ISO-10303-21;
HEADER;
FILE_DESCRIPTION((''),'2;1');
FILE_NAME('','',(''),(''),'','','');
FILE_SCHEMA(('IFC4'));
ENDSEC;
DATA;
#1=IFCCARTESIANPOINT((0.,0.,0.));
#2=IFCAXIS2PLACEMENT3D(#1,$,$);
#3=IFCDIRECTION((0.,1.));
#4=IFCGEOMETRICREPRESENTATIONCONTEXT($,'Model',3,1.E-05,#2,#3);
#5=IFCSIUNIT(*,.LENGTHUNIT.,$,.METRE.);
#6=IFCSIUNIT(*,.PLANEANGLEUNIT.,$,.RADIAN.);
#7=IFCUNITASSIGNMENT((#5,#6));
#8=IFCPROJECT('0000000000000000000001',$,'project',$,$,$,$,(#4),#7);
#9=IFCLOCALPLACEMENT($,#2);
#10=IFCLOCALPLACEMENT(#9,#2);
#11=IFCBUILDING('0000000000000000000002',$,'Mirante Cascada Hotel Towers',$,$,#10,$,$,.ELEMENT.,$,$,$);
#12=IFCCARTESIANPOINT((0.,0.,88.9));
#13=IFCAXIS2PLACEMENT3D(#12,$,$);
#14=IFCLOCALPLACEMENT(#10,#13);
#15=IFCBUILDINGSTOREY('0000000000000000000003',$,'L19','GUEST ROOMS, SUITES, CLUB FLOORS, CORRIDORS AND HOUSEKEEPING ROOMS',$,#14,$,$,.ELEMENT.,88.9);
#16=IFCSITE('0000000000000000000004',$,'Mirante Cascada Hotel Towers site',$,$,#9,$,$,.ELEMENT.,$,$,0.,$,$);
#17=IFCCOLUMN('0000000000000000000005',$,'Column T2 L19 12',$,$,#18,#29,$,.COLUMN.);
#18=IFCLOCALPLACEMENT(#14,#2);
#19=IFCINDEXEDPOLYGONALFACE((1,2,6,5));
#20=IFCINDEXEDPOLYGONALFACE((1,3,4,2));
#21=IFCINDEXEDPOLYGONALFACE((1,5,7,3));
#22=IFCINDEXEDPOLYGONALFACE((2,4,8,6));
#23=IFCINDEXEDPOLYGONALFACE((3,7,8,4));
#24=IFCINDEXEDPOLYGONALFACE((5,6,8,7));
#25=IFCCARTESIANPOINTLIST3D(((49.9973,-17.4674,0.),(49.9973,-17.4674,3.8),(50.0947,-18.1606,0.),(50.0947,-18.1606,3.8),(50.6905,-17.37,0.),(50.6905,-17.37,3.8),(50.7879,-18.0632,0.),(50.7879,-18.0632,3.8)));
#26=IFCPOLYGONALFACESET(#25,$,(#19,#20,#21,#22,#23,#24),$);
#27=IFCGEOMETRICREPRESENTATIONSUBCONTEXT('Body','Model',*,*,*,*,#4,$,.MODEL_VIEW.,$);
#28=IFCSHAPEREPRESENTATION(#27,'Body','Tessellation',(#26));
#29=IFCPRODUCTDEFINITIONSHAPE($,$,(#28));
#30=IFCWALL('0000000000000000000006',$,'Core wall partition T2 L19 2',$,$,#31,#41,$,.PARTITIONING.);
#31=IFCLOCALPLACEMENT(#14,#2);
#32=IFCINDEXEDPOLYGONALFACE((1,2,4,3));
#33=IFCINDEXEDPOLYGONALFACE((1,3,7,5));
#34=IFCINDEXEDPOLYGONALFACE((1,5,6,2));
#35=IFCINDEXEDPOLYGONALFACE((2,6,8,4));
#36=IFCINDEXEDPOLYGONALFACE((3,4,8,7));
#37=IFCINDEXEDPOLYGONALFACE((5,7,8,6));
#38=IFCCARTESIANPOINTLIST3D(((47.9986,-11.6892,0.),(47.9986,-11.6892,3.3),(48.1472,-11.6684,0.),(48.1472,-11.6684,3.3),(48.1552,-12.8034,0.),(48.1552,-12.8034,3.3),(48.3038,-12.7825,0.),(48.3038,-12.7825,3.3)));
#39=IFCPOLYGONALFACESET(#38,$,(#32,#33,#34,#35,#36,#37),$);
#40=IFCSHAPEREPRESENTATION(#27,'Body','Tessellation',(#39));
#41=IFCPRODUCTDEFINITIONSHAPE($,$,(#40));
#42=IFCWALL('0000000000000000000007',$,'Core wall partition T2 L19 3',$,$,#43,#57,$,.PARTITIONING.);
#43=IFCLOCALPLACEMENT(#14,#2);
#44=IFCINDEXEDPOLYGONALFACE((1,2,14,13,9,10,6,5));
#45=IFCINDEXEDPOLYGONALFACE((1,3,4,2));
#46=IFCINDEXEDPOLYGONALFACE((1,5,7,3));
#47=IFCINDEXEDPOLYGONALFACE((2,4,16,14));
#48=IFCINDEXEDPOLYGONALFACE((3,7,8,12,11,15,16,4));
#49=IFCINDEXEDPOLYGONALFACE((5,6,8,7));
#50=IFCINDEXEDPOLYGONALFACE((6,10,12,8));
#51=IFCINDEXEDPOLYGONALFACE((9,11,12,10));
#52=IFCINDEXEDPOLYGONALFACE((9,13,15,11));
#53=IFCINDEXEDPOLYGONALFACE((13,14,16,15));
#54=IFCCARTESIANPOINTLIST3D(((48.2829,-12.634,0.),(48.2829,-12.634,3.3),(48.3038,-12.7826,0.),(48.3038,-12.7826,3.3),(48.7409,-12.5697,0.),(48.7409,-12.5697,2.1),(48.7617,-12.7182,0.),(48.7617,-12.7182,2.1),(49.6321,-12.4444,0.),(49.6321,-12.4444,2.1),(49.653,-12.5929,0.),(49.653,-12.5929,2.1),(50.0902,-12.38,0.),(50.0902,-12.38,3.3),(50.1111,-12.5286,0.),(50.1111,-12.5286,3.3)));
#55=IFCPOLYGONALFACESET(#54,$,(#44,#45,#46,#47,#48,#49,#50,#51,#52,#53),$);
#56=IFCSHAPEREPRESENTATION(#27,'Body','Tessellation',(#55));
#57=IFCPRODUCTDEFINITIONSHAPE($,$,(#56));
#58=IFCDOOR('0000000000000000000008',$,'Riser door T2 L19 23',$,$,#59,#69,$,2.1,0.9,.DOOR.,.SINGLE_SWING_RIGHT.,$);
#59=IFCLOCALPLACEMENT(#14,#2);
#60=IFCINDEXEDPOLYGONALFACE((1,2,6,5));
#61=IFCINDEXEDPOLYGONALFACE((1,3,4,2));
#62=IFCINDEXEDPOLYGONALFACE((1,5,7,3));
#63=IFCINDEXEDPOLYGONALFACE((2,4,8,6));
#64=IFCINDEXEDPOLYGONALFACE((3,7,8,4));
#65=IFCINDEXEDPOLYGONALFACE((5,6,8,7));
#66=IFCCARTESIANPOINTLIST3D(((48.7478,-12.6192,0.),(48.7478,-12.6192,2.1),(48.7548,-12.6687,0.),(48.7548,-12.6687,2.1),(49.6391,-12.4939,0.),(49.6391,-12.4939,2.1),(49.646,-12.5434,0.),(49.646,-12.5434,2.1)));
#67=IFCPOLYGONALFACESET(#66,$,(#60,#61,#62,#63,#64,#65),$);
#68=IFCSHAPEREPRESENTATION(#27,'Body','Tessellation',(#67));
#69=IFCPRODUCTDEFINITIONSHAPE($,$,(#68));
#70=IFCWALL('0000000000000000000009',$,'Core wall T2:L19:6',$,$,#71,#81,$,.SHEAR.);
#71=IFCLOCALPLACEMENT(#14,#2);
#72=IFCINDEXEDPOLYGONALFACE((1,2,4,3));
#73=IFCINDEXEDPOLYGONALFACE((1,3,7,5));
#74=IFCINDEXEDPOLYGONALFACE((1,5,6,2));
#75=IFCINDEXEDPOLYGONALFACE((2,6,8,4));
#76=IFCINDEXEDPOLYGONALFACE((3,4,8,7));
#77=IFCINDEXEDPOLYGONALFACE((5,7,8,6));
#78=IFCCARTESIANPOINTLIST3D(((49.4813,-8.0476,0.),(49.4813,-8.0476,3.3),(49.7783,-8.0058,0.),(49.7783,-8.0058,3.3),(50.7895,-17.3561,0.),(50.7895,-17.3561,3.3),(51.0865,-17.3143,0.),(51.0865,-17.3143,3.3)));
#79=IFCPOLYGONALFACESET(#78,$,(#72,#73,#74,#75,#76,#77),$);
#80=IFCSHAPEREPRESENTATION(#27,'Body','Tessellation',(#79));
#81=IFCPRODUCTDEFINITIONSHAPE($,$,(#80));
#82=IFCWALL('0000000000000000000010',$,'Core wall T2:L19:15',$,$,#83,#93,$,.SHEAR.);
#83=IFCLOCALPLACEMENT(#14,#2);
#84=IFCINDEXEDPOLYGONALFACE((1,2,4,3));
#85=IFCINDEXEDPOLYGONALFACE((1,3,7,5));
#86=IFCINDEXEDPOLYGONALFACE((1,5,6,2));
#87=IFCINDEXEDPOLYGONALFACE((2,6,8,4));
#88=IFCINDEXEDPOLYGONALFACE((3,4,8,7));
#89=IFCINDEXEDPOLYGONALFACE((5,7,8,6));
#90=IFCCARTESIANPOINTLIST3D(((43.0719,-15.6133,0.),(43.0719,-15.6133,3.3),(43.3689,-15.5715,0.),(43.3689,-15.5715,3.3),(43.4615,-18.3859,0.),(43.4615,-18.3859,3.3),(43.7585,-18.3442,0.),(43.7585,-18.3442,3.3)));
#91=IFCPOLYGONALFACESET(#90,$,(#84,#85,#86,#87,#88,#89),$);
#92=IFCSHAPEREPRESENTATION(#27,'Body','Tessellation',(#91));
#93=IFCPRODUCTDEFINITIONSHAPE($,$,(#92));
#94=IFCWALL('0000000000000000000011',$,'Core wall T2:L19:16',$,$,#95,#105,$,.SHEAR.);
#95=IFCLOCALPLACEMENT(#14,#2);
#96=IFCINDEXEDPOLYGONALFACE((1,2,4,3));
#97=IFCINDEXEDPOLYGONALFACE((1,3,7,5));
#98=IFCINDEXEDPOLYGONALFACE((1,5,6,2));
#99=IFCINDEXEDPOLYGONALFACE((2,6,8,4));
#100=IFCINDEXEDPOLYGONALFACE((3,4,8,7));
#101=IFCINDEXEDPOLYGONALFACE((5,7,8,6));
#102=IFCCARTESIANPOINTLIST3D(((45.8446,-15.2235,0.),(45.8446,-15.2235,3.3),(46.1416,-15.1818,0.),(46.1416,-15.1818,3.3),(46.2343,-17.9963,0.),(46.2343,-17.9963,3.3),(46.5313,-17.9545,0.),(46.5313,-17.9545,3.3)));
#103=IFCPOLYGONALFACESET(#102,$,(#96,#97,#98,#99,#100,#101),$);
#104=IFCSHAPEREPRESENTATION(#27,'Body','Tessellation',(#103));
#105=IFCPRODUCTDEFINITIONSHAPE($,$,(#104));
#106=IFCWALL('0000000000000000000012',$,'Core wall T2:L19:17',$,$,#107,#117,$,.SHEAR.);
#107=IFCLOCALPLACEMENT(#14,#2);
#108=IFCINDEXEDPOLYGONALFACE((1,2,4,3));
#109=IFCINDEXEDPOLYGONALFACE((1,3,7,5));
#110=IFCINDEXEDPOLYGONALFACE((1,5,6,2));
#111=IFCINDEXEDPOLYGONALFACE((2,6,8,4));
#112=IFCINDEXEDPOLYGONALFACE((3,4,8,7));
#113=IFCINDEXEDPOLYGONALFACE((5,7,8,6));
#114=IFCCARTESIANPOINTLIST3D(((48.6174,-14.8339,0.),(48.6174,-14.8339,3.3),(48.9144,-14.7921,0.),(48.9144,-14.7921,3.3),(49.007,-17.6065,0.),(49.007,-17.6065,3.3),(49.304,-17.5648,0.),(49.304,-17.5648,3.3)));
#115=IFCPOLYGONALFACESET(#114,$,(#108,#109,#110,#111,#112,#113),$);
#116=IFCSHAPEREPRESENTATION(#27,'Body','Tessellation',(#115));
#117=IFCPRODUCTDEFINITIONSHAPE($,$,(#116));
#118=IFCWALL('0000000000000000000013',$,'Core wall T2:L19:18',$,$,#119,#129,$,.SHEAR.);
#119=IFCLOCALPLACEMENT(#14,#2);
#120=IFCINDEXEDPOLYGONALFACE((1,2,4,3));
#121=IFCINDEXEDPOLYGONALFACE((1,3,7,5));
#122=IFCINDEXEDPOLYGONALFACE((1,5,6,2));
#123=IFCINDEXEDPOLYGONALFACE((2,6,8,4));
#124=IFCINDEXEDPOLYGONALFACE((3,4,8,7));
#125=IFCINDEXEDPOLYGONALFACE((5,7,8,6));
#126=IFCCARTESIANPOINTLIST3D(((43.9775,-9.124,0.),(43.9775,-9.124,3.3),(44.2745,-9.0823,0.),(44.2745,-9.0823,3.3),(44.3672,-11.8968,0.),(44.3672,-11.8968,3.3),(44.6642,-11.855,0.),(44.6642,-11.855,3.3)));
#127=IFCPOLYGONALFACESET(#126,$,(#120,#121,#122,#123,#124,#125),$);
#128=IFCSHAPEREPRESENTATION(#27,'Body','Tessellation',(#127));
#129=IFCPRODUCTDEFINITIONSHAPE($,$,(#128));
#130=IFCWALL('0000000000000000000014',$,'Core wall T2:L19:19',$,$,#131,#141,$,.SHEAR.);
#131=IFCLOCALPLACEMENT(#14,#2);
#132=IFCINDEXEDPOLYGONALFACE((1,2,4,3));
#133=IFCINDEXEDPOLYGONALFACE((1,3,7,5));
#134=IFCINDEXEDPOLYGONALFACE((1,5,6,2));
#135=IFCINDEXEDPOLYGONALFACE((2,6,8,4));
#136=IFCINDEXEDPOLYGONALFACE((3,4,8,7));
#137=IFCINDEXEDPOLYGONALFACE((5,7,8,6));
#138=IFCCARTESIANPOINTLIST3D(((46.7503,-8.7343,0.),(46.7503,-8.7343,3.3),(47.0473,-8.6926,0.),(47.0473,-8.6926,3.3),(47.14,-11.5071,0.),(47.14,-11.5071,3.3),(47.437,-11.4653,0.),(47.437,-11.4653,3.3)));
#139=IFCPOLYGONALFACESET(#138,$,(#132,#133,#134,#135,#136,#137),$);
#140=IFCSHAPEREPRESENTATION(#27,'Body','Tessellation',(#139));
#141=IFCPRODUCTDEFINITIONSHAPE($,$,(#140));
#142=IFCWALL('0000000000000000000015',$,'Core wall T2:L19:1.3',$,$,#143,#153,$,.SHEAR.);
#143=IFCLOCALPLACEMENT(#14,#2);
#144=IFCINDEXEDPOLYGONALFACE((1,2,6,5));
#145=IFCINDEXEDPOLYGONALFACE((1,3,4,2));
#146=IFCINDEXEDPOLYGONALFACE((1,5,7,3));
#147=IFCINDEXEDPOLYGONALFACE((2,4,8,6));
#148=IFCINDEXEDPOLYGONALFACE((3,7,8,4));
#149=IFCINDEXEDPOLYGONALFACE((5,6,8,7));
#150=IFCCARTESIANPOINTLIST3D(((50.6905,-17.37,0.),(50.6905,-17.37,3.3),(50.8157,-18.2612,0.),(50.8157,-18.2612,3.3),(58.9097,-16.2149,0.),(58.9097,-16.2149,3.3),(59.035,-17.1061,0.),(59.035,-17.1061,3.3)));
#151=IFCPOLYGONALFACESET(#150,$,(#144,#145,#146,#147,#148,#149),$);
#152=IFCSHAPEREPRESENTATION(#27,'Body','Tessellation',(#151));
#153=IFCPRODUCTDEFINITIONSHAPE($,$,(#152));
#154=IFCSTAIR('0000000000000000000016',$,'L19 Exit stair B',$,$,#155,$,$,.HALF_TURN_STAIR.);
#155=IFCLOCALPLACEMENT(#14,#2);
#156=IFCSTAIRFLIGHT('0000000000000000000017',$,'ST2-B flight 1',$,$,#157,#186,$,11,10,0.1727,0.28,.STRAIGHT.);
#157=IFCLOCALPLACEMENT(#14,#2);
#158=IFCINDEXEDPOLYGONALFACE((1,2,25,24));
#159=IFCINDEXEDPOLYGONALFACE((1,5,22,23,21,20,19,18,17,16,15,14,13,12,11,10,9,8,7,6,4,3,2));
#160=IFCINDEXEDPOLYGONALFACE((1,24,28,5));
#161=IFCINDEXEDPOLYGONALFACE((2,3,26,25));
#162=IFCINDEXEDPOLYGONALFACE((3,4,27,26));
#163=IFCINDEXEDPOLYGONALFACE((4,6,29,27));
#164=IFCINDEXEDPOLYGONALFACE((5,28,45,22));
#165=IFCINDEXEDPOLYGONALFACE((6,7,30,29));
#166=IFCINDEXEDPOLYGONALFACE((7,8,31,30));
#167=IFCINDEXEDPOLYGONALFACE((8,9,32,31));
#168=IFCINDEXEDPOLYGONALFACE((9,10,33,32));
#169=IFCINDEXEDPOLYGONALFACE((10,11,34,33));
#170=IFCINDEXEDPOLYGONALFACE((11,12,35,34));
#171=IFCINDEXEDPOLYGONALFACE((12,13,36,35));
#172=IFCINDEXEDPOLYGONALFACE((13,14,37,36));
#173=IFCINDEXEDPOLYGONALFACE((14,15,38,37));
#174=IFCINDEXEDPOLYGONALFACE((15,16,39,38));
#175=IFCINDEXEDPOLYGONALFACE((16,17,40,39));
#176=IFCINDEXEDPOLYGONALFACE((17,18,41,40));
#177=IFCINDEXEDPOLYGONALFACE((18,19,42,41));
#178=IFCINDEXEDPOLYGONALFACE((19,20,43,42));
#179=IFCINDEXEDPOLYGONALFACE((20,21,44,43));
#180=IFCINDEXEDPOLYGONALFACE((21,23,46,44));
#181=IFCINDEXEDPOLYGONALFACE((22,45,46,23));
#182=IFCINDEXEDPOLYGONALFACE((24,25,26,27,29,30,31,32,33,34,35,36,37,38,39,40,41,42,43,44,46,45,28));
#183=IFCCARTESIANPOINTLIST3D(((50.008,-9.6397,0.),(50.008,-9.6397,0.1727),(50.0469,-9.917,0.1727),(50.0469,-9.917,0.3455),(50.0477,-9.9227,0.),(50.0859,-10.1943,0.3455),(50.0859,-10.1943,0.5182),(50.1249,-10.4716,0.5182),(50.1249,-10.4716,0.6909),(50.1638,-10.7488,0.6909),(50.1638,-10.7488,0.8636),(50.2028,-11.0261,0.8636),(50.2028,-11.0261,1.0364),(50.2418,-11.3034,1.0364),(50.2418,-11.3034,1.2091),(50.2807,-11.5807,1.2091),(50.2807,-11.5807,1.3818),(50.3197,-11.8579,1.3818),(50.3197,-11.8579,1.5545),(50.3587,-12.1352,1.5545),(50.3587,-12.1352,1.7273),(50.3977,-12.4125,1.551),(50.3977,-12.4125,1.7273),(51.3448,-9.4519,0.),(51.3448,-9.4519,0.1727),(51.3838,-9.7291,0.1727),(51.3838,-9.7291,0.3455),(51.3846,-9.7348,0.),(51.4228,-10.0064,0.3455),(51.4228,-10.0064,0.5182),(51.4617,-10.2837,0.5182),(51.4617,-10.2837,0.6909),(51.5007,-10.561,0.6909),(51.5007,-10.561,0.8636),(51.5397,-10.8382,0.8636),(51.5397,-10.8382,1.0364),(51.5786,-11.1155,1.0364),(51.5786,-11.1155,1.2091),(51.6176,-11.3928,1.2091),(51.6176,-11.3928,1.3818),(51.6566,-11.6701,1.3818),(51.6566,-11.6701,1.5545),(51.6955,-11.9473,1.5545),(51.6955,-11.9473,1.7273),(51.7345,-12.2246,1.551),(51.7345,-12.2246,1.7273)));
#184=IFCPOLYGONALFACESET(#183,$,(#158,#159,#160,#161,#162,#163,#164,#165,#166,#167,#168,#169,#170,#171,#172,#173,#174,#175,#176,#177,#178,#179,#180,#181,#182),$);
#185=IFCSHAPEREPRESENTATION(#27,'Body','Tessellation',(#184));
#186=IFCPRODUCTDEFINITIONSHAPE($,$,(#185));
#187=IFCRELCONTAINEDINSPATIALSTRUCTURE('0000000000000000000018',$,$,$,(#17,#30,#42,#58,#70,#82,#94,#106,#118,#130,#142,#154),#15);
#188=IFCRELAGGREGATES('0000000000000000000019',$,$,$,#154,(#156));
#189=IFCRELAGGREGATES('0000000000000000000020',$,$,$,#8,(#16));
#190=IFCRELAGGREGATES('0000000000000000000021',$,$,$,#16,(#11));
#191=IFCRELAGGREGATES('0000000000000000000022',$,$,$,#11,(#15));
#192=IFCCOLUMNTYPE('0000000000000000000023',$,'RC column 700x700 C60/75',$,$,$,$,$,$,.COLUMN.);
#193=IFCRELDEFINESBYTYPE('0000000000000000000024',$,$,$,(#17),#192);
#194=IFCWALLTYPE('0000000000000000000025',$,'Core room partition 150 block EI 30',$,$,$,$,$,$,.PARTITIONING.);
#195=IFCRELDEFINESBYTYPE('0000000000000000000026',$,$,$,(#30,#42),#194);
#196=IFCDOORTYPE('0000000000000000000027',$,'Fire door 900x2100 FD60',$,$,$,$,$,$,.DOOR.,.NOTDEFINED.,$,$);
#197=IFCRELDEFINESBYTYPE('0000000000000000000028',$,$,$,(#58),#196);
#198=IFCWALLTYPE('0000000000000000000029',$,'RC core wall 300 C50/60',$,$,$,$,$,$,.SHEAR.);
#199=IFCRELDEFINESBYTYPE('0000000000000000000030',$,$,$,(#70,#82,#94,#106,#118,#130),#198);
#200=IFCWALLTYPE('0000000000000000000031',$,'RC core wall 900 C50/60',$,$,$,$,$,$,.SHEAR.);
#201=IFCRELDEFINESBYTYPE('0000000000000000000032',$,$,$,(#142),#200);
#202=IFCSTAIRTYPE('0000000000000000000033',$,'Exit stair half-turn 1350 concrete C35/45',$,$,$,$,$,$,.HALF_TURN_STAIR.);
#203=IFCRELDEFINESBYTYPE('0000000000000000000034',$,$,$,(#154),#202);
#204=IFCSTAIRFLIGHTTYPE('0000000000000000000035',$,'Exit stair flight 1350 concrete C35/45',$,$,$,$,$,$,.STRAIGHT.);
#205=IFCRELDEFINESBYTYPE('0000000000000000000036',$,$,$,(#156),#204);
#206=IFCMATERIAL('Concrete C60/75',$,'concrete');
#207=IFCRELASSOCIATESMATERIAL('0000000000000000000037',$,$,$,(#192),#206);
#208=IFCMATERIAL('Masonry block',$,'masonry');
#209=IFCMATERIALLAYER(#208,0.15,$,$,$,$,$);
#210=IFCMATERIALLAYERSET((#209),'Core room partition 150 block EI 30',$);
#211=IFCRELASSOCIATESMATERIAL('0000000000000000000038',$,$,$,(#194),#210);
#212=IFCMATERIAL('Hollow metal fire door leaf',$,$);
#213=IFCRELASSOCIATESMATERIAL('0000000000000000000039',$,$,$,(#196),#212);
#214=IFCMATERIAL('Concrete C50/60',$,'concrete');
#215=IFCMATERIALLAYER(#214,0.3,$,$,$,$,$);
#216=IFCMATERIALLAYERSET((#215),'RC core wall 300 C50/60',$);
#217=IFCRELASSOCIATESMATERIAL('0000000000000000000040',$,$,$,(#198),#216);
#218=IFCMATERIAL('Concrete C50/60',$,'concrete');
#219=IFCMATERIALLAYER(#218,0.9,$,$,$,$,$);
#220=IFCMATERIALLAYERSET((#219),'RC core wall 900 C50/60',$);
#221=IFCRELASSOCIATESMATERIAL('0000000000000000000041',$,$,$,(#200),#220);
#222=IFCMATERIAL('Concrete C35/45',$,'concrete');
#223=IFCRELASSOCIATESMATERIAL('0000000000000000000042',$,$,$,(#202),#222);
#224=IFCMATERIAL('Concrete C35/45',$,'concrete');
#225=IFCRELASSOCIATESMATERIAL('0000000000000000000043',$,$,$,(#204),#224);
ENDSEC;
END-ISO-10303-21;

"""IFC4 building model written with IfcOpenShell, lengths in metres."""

from ifc_helpers import new_model, si_unit, direction, frame, frame_2d, origin, origin_2d, place, context, subcontext, project, spatial, polyline, rectangle, outline, extrude, material, layer, layer_set, material_profile, profile_set, type_object, element, fill, aggregate, save


model = new_model("IFC4")

# Units and contexts
model_context = context("Model", 3, precision=1e-05, world=origin(), true_north=direction((0.0, 1.0)))
body_context = subcontext(model_context, "Body", "Model", "MODEL_VIEW")
ifc_project = project(units=[si_unit("LENGTHUNIT", "METRE"), si_unit("PLANEANGLEUNIT", "RADIAN")], contexts=[model_context])

# Site, building, storey
site_placement = place(None, origin())
site = spatial("IfcSite", under=ifc_project, at=site_placement, Name="Mirante Cascada Hotel Towers site", CompositionType="ELEMENT", RefElevation=0.0)
building_placement = place(site_placement, origin())
building = spatial("IfcBuilding", under=site, at=building_placement, Name="Mirante Cascada Hotel Towers", CompositionType="ELEMENT")
storey_placement = place(building_placement, frame((0.0, 0.0, 88.9)))
storey = spatial("IfcBuildingStorey", under=building, at=storey_placement, Name="L19", Description="GUEST ROOMS, SUITES, CLUB FLOORS, CORRIDORS AND HOUSEKEEPING ROOMS", CompositionType="ELEMENT", Elevation=88.9)

# Column
ifc_material_1 = material(Name="Concrete C60/75", Category="concrete")
ifc_material_profile = material_profile(ifc_material_1, rectangle(XDim=0.7, YDim=0.7, at=origin_2d()), Name="RC column 700x700 C60/75")
ifc_profile_set = profile_set([ifc_material_profile], Name="Concrete C60/75")
column_type = type_object("IfcColumnType", Name="RC column 700x700 C60/75", PredefinedType="COLUMN", material=ifc_profile_set)
column_placement = place(storey_placement, frame((50.3926, -17.7653, 0.0), z_axis=(0.0, 0.0, 1.0), x_axis=(0.990268, 0.139173, 0.0)))
element("IfcColumn", 1, at=column_placement, inside=storey, type_object=column_type, Name="Column T2 L19 12", PredefinedType="COLUMN", context=body_context, shape_type="SweptSolid", body=[
    extrude(rectangle(XDim=0.7, YDim=0.7, at=origin_2d()), origin(), (0.0, 0.0, 1.0), 3.8),
])

# Wall
ifc_material_2 = material(Name="Masonry block", Category="masonry")
ifc_layer_1 = layer(ifc_material_2, 0.15)
ifc_layer_set_1 = layer_set([ifc_layer_1], Name="Core room partition 150 block EI 30")
wall_type_1 = type_object("IfcWallType", Name="Core room partition 150 block EI 30", PredefinedType="PARTITIONING", material=ifc_layer_set_1)
wall_1_placement = place(storey_placement, frame((48.2295, -12.793, 0.0), z_axis=(0.0, 0.0, 1.0), x_axis=(-0.139193, 0.990265, 0.0)))
element("IfcWall", 2, at=wall_1_placement, inside=storey, type_object=wall_type_1, Name="Core wall partition T2 L19 2", PredefinedType="PARTITIONING", context=body_context, shape_type="SweptSolid", body=[
    extrude(rectangle(XDim=1.1251, YDim=0.15, at=frame_2d((0.5626, 0.0))), origin(), (0.0, 0.0, 1.0), 3.3),
])

# Wall, opening, door
wall_2_placement = place(storey_placement, frame((48.2933, -12.7083, 0.0), z_axis=(0.0, 0.0, 1.0), x_axis=(0.990268, 0.139173, 0.0)))
wall_2 = element("IfcWall", 3, at=wall_2_placement, inside=storey, type_object=wall_type_1, Name="Core wall partition T2 L19 3", PredefinedType="PARTITIONING", context=body_context, shape_type="SweptSolid", body=[
    extrude(rectangle(XDim=1.8251, YDim=0.15, at=frame_2d((0.9126, 0.0))), origin(), (0.0, 0.0, 1.0), 3.3),
])
opening_1_placement = place(wall_2_placement, frame((0.4625, 0.0, 0.0)))
opening_1 = element("IfcOpeningElement", 4, at=opening_1_placement, cuts=wall_2, PredefinedType="OPENING", context=body_context, shape_type="SweptSolid", body=[
    extrude(rectangle(XDim=0.9, YDim=2.1, at=frame_2d((0.45, 1.05))), frame((0.0, 0.075, 0.0), z_axis=(0.0, -1.0, 0.0), x_axis=(1.0, 0.0, 0.0)), (0.0, 0.0, 1.0), 0.15),
])
ifc_material_3 = material(Name="Hollow metal fire door leaf")
door_type_1 = type_object("IfcDoorType", Name="Fire door 900x2100 FD60", OperationType="NOTDEFINED", PredefinedType="DOOR", material=ifc_material_3)
door_1_placement = place(opening_1_placement, frame((0.9, 0.0, 0.0), z_axis=(0.0, 0.0, 1.0), x_axis=(-1.0, 0.0, 0.0)))
door_1 = element("IfcDoor", 5, at=door_1_placement, inside=storey, type_object=door_type_1, Name="Riser door T2 L19 23", OperationType="SINGLE_SWING_RIGHT", OverallHeight=2.1, OverallWidth=0.9, PredefinedType="DOOR", context=body_context, shape_type="SweptSolid", body=[
    extrude(rectangle(XDim=0.9, YDim=2.1, at=frame_2d((0.45, 1.05))), frame((0.0, 0.025, 0.0), z_axis=(0.0, -1.0, 0.0), x_axis=(1.0, 0.0, 0.0)), (0.0, 0.0, 1.0), 0.05),
])
fill(opening_1, door_1)

# Walls
ifc_material_4 = material(Name="Concrete C50/60", Category="concrete")
ifc_layer_2 = layer(ifc_material_4, 0.3)
ifc_layer_set_2 = layer_set([ifc_layer_2], Name="RC core wall 300 C50/60")
wall_type_2 = type_object("IfcWallType", Name="RC core wall 300 C50/60", PredefinedType="SHEAR", material=ifc_layer_set_2)
wall_3_placement = place(storey_placement, frame((50.938, -17.3352, 0.0), z_axis=(0.0, 0.0, 1.0), x_axis=(-0.139171, 0.990268, 0.0)))
element("IfcWall", 6, at=wall_3_placement, inside=storey, type_object=wall_type_2, Name="Core wall T2:L19:6", PredefinedType="SHEAR", context=body_context, shape_type="SweptSolid", body=[
    extrude(rectangle(XDim=9.4, YDim=0.3, at=frame_2d((4.7, 0.0))), origin(), (0.0, 0.0, 1.0), 3.3),
])
wall_4_placement = place(storey_placement, frame((43.61, -18.3651, 0.0), z_axis=(0.0, 0.0, 1.0), x_axis=(-0.139146, 0.990272, 0.0)))
element("IfcWall", 7, at=wall_4_placement, inside=storey, type_object=wall_type_2, Name="Core wall T2:L19:15", PredefinedType="SHEAR", context=body_context, shape_type="SweptSolid", body=[
    extrude(rectangle(XDim=2.7999, YDim=0.3, at=frame_2d((1.4, 0.0))), origin(), (0.0, 0.0, 1.0), 3.3),
])
wall_5_placement = place(storey_placement, frame((46.3828, -17.9754, 0.0), z_axis=(0.0, 0.0, 1.0), x_axis=(-0.139181, 0.990267, 0.0)))
element("IfcWall", 8, at=wall_5_placement, inside=storey, type_object=wall_type_2, Name="Core wall T2:L19:16", PredefinedType="SHEAR", context=body_context, shape_type="SweptSolid", body=[
    extrude(rectangle(XDim=2.8, YDim=0.3, at=frame_2d((1.4, 0.0))), origin(), (0.0, 0.0, 1.0), 3.3),
])
wall_6_placement = place(storey_placement, frame((49.1555, -17.5857, 0.0), z_axis=(0.0, 0.0, 1.0), x_axis=(-0.139146, 0.990272, 0.0)))
element("IfcWall", 9, at=wall_6_placement, inside=storey, type_object=wall_type_2, Name="Core wall T2:L19:17", PredefinedType="SHEAR", context=body_context, shape_type="SweptSolid", body=[
    extrude(rectangle(XDim=2.7999, YDim=0.3, at=frame_2d((1.4, 0.0))), origin(), (0.0, 0.0, 1.0), 3.3),
])
for number, where, z_axis, x_axis, name in (
    (10, (44.5157, -11.8759, 0.0), (0.0, 0.0, 1.0), (-0.139181, 0.990267, 0.0), "Core wall T2:L19:18"),
    (11, (47.2885, -11.4862, 0.0), (0.0, 0.0, 1.0), (-0.139181, 0.990267, 0.0), "Core wall T2:L19:19"),
):
    element("IfcWall", number, at=place(storey_placement, frame(where, z_axis=z_axis, x_axis=x_axis)), inside=storey, type_object=wall_type_2, Name=name, PredefinedType="SHEAR", context=body_context, shape_type="SweptSolid", body=[
        extrude(rectangle(XDim=2.8, YDim=0.3, at=frame_2d((1.4, 0.0))), origin(), (0.0, 0.0, 1.0), 3.3),
    ])

# Wall
ifc_material_5 = material(Name="Concrete C50/60", Category="concrete")
ifc_layer_3 = layer(ifc_material_5, 0.9)
ifc_layer_set_3 = layer_set([ifc_layer_3], Name="RC core wall 900 C50/60")
wall_type_3 = type_object("IfcWallType", Name="RC core wall 900 C50/60", PredefinedType="SHEAR", material=ifc_layer_set_3)
wall_7_placement = place(storey_placement, frame((50.7531, -17.8156, 0.0), z_axis=(0.0, 0.0, 1.0), x_axis=(0.990269, 0.139169, 0.0)))
element("IfcWall", 12, at=wall_7_placement, inside=storey, type_object=wall_type_3, Name="Core wall T2:L19:1.3", PredefinedType="SHEAR", context=body_context, shape_type="SweptSolid", body=[
    extrude(rectangle(XDim=8.3, YDim=0.9, at=frame_2d((4.15, 0.0))), origin(), (0.0, 0.0, 1.0), 3.3),
])

# Stair, stair flight
ifc_material_6 = material(Name="Concrete C35/45", Category="concrete")
stair_type = type_object("IfcStairType", Name="Exit stair half-turn 1350 concrete C35/45", PredefinedType="HALF_TURN_STAIR", material=ifc_material_6)
stair_placement = place(storey_placement, origin())
stair = element("IfcStair", 13, at=stair_placement, inside=storey, type_object=stair_type, Name="L19 Exit stair B", PredefinedType="HALF_TURN_STAIR")
ifc_material_7 = material(Name="Concrete C35/45", Category="concrete")
stair_flight_type = type_object("IfcStairFlightType", Name="Exit stair flight 1350 concrete C35/45", PredefinedType="STRAIGHT", material=ifc_material_7)
stair_flight_1_placement = place(storey_placement, frame((50.6764, -9.5458, 0.0), z_axis=(0.0, 0.0, 1.0), x_axis=(0.139173, -0.990268, 0.0)))
stair_flight_1 = element("IfcStairFlight", 14, at=stair_flight_1_placement, type_object=stair_flight_type, Name="ST2-B flight 1", NumberOfRisers=11, NumberOfTreads=10, PredefinedType="STRAIGHT", RiserHeight=0.1727, TreadLength=0.28, context=body_context, shape_type="SweptSolid", body=[
    extrude(outline(polyline([(0.0, 0.0), (0.0, 0.1727), (0.28, 0.1727), (0.28, 0.3455), (0.56, 0.3455), (0.56, 0.5182), (0.84, 0.5182), (0.84, 0.6909), (1.12, 0.6909), (1.12, 0.8636), (1.4, 0.8636), (1.4, 1.0364), (1.68, 1.0364), (1.68, 1.2091), (1.96, 1.2091), (1.96, 1.3818), (2.24, 1.3818), (2.24, 1.5545), (2.52, 1.5545), (2.52, 1.7273), (2.8, 1.7273), (2.8, 1.9), (2.8, 1.551), (0.2857, 0.0), (0.0, 0.0)])), frame((0.0, 0.675, 0.0), z_axis=(0.0, -1.0, 0.0), x_axis=(1.0, 0.0, 0.0)), (0.0, 0.0, 1.0), 1.35),
])
aggregate(stair, [stair_flight_1])

save(model, "model.ifc")
